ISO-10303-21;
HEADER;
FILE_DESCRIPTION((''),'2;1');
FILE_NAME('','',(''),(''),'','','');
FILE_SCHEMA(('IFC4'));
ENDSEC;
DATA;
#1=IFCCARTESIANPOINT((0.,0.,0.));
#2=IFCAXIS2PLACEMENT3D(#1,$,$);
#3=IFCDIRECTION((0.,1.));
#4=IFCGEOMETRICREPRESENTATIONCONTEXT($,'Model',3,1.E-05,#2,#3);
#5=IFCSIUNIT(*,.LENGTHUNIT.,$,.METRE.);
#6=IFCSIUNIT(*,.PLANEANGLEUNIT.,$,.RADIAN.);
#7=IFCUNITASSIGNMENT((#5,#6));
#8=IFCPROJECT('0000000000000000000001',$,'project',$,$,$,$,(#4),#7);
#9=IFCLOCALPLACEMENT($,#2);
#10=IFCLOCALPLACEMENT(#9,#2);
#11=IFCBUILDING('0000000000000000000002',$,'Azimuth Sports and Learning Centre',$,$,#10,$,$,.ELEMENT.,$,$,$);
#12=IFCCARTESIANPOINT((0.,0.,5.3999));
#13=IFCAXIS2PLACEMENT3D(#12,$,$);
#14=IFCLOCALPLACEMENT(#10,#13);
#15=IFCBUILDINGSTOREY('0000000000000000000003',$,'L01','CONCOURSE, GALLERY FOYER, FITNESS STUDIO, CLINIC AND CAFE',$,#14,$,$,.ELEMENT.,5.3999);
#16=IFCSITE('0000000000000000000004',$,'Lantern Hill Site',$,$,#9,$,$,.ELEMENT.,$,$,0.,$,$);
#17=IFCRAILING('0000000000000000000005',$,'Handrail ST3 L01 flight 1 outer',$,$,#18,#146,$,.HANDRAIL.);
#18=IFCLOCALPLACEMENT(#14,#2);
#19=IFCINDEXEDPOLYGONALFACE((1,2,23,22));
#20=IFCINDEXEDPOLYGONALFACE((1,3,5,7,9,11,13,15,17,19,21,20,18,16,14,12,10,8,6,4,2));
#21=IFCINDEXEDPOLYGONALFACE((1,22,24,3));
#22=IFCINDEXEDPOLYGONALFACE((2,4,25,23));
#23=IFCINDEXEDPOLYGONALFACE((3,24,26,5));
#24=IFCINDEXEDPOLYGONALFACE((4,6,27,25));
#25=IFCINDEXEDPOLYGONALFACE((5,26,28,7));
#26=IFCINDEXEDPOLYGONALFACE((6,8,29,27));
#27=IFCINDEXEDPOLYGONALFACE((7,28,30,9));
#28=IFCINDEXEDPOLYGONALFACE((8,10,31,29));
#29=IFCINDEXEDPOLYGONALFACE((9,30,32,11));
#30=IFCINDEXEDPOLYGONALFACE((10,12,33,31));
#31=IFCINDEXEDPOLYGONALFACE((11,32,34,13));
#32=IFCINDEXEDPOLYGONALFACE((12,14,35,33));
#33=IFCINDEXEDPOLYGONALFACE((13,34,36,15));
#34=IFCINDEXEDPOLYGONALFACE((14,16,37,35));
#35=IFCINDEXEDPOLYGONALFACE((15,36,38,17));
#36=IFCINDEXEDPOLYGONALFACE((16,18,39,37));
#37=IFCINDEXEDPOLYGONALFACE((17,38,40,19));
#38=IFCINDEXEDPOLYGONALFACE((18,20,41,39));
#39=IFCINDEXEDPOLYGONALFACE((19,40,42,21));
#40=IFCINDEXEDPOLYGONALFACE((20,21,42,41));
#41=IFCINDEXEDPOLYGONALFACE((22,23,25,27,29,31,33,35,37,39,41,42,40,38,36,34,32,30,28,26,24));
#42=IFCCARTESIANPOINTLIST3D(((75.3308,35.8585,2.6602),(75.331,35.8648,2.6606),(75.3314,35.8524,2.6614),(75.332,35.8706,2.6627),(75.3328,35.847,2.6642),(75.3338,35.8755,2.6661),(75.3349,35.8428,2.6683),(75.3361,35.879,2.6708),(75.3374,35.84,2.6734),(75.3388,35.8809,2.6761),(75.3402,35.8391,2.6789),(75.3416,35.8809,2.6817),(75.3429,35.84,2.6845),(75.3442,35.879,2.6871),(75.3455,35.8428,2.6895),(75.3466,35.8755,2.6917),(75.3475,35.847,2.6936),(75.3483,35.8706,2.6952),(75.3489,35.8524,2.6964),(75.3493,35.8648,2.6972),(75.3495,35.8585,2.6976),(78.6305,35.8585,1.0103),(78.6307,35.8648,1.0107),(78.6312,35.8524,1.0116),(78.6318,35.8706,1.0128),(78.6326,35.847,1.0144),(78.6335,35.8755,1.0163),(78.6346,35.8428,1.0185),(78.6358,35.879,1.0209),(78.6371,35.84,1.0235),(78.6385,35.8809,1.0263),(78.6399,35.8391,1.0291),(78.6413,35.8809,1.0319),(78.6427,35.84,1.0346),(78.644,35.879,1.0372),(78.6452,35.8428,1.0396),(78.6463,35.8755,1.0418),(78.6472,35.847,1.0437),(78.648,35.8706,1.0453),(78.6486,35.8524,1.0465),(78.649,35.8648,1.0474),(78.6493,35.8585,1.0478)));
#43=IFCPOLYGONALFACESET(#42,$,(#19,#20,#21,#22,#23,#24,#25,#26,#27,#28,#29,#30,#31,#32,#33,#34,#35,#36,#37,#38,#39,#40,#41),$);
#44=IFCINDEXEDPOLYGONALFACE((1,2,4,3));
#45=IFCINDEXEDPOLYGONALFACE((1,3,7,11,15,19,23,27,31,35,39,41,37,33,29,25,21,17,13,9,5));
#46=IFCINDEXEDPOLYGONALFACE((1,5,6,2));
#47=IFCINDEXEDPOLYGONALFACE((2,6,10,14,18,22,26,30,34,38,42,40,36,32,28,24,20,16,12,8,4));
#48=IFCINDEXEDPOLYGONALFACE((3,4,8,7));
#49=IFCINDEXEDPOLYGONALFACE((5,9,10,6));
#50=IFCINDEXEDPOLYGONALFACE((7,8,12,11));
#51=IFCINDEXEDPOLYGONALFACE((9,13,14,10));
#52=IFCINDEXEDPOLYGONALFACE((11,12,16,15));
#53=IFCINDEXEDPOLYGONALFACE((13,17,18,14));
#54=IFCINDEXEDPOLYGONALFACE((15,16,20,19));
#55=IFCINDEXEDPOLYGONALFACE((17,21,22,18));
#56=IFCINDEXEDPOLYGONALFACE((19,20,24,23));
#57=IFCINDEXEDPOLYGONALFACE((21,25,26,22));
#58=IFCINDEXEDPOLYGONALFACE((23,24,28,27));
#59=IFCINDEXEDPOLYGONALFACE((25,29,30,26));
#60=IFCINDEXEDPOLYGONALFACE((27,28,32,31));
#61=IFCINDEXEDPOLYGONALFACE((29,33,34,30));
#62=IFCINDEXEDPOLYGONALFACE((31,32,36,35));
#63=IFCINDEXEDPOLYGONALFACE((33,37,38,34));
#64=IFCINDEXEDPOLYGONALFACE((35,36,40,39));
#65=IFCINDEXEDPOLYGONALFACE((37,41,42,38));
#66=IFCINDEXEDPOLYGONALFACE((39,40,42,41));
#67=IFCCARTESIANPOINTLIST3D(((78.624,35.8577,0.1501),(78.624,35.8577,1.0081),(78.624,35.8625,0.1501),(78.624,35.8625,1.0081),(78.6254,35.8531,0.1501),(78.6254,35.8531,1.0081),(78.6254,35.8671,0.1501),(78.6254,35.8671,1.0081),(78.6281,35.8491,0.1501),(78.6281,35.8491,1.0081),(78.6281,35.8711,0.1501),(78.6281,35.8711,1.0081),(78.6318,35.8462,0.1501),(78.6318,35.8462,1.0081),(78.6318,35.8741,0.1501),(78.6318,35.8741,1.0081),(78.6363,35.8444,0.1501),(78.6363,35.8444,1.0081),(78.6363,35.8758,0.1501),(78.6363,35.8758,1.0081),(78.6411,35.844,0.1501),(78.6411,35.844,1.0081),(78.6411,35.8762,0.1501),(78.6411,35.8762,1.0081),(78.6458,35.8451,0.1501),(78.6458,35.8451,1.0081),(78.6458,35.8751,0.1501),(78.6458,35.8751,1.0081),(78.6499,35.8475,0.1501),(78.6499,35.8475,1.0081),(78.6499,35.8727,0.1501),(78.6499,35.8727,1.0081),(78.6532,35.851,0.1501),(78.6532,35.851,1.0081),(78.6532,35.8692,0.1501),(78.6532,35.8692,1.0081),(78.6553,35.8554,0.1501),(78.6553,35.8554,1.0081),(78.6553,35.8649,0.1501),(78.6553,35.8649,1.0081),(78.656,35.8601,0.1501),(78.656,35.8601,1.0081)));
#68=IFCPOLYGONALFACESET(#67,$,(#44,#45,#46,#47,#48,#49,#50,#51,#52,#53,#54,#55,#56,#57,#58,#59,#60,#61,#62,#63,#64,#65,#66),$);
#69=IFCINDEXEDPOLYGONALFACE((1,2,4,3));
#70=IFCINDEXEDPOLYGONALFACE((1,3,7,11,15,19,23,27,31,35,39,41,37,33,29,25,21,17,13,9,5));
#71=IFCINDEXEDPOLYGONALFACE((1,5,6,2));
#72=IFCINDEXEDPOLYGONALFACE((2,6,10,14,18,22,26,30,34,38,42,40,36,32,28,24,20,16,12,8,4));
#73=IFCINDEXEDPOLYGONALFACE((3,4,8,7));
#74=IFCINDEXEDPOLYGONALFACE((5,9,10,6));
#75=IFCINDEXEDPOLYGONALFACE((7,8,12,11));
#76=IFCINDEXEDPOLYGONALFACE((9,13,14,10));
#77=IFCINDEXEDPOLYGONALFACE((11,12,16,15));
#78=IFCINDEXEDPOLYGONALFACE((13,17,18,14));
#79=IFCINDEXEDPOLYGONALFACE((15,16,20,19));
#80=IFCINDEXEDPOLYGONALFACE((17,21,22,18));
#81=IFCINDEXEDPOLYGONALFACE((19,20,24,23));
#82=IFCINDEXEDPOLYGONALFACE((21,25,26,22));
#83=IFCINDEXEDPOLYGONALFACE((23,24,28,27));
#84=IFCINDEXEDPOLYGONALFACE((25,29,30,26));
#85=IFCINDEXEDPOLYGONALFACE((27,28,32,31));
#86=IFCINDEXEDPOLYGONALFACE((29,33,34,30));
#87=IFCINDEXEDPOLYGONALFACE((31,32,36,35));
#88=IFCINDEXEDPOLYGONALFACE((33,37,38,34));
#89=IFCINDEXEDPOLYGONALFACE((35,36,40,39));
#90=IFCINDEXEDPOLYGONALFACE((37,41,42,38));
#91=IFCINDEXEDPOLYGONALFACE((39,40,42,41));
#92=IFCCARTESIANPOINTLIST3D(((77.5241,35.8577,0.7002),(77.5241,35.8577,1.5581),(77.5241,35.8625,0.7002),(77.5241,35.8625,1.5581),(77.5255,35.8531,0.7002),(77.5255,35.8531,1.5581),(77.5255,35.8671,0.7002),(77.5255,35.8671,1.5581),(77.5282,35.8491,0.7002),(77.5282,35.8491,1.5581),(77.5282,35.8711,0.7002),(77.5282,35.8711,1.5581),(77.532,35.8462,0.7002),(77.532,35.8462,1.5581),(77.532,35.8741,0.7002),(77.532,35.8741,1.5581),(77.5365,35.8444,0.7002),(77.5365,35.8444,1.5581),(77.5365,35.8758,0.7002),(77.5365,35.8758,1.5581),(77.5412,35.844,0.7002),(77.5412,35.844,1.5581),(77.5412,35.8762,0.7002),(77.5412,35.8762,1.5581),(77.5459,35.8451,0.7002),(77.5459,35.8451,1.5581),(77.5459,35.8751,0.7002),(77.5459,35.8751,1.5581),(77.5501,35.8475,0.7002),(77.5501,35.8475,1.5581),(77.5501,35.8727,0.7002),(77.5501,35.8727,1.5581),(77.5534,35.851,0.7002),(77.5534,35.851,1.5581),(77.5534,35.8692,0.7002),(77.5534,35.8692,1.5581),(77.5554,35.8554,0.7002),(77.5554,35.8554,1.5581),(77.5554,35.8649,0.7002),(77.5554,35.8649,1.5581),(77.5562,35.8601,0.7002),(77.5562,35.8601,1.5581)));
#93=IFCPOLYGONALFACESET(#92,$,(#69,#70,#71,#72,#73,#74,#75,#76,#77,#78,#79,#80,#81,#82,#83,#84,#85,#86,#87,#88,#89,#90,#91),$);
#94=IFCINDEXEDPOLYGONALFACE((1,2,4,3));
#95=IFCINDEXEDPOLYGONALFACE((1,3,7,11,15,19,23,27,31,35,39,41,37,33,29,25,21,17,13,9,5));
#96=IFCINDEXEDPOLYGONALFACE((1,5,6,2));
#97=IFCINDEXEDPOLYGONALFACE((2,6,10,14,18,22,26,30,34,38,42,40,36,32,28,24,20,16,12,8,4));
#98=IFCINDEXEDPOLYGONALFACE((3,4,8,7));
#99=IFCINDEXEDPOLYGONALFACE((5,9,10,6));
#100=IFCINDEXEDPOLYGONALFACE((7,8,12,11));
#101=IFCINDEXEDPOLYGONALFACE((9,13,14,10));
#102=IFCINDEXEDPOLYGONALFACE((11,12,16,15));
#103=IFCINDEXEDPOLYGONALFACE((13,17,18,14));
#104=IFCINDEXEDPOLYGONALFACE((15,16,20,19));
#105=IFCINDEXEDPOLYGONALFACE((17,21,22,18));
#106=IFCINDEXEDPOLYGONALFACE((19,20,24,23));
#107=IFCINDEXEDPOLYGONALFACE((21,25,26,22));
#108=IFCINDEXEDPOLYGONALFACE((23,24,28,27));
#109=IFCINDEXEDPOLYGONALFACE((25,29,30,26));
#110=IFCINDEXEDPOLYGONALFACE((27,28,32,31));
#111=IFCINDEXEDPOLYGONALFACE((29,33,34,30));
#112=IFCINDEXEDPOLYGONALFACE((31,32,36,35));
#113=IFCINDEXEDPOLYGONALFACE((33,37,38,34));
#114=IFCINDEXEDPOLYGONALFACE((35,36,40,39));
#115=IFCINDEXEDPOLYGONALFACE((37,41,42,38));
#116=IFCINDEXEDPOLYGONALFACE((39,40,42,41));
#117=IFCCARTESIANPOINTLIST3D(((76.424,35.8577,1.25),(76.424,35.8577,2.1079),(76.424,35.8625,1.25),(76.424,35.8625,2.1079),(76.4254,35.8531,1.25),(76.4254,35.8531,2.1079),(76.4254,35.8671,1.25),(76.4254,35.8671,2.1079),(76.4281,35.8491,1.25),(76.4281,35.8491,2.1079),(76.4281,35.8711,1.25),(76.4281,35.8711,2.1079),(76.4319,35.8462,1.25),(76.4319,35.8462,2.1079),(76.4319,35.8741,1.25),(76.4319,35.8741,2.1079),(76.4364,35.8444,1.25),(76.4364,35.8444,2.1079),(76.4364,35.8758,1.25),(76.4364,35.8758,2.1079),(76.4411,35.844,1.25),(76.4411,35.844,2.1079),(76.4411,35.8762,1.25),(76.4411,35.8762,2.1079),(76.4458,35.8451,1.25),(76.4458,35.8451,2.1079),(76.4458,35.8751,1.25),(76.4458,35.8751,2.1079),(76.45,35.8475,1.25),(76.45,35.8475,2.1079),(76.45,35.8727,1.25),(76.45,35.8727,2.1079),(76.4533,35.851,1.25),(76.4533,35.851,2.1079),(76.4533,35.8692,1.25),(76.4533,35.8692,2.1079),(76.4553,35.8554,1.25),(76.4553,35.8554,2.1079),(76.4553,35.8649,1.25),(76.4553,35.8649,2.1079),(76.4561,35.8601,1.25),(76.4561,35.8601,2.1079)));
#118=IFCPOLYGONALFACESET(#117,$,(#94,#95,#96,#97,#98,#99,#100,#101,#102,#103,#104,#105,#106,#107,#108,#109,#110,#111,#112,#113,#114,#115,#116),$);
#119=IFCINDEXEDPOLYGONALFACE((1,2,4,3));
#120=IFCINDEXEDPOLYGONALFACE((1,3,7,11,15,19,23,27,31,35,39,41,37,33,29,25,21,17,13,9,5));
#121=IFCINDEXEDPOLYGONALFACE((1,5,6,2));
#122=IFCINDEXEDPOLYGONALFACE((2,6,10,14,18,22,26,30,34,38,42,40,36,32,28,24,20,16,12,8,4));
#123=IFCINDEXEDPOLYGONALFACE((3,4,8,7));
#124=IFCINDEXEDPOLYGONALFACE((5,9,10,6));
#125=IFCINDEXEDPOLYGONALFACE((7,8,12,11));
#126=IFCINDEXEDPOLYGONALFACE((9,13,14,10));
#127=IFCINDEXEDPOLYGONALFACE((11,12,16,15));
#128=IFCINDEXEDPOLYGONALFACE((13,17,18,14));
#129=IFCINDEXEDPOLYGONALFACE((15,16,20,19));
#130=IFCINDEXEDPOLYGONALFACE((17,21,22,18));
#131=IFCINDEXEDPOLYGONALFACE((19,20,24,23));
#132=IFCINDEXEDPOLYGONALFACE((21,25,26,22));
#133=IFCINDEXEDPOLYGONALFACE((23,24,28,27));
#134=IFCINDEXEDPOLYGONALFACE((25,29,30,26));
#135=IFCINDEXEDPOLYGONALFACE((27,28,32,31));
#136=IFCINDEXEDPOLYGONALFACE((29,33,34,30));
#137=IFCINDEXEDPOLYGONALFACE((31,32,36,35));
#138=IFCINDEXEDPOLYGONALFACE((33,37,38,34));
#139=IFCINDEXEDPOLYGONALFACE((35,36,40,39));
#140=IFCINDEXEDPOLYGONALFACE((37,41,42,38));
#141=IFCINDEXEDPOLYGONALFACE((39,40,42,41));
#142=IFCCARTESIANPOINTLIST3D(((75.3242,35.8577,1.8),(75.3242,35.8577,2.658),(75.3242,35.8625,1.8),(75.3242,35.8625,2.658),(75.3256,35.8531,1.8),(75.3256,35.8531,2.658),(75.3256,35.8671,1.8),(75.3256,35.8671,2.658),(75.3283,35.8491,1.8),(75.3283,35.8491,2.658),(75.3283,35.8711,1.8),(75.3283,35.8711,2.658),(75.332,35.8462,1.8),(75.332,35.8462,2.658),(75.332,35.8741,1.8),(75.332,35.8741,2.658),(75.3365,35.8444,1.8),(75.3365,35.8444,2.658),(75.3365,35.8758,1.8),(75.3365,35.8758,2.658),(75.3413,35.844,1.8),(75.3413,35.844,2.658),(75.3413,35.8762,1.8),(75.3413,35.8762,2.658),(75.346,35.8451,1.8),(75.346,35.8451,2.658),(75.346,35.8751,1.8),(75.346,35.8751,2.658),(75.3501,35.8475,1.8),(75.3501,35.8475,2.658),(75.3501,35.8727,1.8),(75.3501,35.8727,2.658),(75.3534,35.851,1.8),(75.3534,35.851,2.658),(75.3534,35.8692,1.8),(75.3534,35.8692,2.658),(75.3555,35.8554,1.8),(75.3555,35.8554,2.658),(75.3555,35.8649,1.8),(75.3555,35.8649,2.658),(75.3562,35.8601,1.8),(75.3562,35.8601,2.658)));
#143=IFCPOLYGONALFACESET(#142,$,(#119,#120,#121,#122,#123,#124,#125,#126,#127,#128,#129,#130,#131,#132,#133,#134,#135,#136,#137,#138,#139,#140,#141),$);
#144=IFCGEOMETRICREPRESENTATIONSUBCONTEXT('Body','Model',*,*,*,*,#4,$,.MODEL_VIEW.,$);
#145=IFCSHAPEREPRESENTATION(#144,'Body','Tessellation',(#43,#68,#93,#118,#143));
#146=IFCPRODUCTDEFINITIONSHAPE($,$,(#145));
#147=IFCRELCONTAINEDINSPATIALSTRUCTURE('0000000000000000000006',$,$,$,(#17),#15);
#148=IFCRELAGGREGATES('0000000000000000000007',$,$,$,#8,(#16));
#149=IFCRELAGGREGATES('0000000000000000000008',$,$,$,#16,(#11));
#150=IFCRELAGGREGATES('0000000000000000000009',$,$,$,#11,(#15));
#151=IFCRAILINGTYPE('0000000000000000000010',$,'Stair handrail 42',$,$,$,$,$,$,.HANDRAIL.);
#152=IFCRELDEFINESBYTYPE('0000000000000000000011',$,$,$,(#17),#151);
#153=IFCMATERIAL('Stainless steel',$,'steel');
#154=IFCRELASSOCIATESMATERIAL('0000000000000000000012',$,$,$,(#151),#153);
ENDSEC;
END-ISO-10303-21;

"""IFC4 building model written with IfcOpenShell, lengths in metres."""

from ifc_helpers import new_model, si_unit, direction, frame, origin, origin_2d, place, context, subcontext, project, spatial, circle, extrude, material, type_object, element, save


model = new_model("IFC4")

# Units and contexts
model_context = context("Model", 3, precision=1e-05, world=origin(), true_north=direction((0.0, 1.0)))
body_context = subcontext(model_context, "Body", "Model", "MODEL_VIEW")
ifc_project = project(units=[si_unit("LENGTHUNIT", "METRE"), si_unit("PLANEANGLEUNIT", "RADIAN")], contexts=[model_context])

# Site, building, storey
site_placement = place(None, origin())
site = spatial("IfcSite", under=ifc_project, at=site_placement, Name="Lantern Hill Site", CompositionType="ELEMENT", RefElevation=0.0)
building_placement = place(site_placement, origin())
building = spatial("IfcBuilding", under=site, at=building_placement, Name="Azimuth Sports and Learning Centre", CompositionType="ELEMENT")
storey_placement = place(building_placement, frame((0.0, 0.0, 5.3999)))
storey = spatial("IfcBuildingStorey", under=building, at=storey_placement, Name="L01", Description="CONCOURSE, GALLERY FOYER, FITNESS STUDIO, CLINIC AND CAFE", CompositionType="ELEMENT", Elevation=5.3999)

# Railing
ifc_material_1 = material(Name="Stainless steel", Category="steel")
railing_type = type_object("IfcRailingType", Name="Stair handrail 42", PredefinedType="HANDRAIL", material=ifc_material_1)
railing_placement = place(storey_placement, frame((78.6399, 35.8601, 0.1501)))
element("IfcRailing", 1, at=railing_placement, inside=storey, type_object=railing_type, Name="Handrail ST3 L01 flight 1 outer", PredefinedType="HANDRAIL", context=body_context, shape_type="SweptSolid", body=[
    extrude(circle(Radius=0.021, at=origin_2d()), frame((0.0, 0.0, 0.8789), z_axis=(-0.894427, 0.0, 0.447214), x_axis=(0.0, -1.0, 0.0)), (0.0, 0.0, 1.0), 3.6892),
    extrude(circle(Radius=0.0161, at=origin_2d()), origin(), (0.0, 0.0, 1.0), 0.8579),
    extrude(circle(Radius=0.0161, at=origin_2d()), frame((-1.0999, 0.0, 0.55)), (0.0, 0.0, 1.0), 0.8579),
    extrude(circle(Radius=0.0161, at=origin_2d()), frame((-2.2, 0.0, 1.0999)), (0.0, 0.0, 1.0), 0.8579),
    extrude(circle(Radius=0.0161, at=origin_2d()), frame((-3.2998, 0.0, 1.6499)), (0.0, 0.0, 1.0), 0.8579),
])

save(model, "model.ifc")
